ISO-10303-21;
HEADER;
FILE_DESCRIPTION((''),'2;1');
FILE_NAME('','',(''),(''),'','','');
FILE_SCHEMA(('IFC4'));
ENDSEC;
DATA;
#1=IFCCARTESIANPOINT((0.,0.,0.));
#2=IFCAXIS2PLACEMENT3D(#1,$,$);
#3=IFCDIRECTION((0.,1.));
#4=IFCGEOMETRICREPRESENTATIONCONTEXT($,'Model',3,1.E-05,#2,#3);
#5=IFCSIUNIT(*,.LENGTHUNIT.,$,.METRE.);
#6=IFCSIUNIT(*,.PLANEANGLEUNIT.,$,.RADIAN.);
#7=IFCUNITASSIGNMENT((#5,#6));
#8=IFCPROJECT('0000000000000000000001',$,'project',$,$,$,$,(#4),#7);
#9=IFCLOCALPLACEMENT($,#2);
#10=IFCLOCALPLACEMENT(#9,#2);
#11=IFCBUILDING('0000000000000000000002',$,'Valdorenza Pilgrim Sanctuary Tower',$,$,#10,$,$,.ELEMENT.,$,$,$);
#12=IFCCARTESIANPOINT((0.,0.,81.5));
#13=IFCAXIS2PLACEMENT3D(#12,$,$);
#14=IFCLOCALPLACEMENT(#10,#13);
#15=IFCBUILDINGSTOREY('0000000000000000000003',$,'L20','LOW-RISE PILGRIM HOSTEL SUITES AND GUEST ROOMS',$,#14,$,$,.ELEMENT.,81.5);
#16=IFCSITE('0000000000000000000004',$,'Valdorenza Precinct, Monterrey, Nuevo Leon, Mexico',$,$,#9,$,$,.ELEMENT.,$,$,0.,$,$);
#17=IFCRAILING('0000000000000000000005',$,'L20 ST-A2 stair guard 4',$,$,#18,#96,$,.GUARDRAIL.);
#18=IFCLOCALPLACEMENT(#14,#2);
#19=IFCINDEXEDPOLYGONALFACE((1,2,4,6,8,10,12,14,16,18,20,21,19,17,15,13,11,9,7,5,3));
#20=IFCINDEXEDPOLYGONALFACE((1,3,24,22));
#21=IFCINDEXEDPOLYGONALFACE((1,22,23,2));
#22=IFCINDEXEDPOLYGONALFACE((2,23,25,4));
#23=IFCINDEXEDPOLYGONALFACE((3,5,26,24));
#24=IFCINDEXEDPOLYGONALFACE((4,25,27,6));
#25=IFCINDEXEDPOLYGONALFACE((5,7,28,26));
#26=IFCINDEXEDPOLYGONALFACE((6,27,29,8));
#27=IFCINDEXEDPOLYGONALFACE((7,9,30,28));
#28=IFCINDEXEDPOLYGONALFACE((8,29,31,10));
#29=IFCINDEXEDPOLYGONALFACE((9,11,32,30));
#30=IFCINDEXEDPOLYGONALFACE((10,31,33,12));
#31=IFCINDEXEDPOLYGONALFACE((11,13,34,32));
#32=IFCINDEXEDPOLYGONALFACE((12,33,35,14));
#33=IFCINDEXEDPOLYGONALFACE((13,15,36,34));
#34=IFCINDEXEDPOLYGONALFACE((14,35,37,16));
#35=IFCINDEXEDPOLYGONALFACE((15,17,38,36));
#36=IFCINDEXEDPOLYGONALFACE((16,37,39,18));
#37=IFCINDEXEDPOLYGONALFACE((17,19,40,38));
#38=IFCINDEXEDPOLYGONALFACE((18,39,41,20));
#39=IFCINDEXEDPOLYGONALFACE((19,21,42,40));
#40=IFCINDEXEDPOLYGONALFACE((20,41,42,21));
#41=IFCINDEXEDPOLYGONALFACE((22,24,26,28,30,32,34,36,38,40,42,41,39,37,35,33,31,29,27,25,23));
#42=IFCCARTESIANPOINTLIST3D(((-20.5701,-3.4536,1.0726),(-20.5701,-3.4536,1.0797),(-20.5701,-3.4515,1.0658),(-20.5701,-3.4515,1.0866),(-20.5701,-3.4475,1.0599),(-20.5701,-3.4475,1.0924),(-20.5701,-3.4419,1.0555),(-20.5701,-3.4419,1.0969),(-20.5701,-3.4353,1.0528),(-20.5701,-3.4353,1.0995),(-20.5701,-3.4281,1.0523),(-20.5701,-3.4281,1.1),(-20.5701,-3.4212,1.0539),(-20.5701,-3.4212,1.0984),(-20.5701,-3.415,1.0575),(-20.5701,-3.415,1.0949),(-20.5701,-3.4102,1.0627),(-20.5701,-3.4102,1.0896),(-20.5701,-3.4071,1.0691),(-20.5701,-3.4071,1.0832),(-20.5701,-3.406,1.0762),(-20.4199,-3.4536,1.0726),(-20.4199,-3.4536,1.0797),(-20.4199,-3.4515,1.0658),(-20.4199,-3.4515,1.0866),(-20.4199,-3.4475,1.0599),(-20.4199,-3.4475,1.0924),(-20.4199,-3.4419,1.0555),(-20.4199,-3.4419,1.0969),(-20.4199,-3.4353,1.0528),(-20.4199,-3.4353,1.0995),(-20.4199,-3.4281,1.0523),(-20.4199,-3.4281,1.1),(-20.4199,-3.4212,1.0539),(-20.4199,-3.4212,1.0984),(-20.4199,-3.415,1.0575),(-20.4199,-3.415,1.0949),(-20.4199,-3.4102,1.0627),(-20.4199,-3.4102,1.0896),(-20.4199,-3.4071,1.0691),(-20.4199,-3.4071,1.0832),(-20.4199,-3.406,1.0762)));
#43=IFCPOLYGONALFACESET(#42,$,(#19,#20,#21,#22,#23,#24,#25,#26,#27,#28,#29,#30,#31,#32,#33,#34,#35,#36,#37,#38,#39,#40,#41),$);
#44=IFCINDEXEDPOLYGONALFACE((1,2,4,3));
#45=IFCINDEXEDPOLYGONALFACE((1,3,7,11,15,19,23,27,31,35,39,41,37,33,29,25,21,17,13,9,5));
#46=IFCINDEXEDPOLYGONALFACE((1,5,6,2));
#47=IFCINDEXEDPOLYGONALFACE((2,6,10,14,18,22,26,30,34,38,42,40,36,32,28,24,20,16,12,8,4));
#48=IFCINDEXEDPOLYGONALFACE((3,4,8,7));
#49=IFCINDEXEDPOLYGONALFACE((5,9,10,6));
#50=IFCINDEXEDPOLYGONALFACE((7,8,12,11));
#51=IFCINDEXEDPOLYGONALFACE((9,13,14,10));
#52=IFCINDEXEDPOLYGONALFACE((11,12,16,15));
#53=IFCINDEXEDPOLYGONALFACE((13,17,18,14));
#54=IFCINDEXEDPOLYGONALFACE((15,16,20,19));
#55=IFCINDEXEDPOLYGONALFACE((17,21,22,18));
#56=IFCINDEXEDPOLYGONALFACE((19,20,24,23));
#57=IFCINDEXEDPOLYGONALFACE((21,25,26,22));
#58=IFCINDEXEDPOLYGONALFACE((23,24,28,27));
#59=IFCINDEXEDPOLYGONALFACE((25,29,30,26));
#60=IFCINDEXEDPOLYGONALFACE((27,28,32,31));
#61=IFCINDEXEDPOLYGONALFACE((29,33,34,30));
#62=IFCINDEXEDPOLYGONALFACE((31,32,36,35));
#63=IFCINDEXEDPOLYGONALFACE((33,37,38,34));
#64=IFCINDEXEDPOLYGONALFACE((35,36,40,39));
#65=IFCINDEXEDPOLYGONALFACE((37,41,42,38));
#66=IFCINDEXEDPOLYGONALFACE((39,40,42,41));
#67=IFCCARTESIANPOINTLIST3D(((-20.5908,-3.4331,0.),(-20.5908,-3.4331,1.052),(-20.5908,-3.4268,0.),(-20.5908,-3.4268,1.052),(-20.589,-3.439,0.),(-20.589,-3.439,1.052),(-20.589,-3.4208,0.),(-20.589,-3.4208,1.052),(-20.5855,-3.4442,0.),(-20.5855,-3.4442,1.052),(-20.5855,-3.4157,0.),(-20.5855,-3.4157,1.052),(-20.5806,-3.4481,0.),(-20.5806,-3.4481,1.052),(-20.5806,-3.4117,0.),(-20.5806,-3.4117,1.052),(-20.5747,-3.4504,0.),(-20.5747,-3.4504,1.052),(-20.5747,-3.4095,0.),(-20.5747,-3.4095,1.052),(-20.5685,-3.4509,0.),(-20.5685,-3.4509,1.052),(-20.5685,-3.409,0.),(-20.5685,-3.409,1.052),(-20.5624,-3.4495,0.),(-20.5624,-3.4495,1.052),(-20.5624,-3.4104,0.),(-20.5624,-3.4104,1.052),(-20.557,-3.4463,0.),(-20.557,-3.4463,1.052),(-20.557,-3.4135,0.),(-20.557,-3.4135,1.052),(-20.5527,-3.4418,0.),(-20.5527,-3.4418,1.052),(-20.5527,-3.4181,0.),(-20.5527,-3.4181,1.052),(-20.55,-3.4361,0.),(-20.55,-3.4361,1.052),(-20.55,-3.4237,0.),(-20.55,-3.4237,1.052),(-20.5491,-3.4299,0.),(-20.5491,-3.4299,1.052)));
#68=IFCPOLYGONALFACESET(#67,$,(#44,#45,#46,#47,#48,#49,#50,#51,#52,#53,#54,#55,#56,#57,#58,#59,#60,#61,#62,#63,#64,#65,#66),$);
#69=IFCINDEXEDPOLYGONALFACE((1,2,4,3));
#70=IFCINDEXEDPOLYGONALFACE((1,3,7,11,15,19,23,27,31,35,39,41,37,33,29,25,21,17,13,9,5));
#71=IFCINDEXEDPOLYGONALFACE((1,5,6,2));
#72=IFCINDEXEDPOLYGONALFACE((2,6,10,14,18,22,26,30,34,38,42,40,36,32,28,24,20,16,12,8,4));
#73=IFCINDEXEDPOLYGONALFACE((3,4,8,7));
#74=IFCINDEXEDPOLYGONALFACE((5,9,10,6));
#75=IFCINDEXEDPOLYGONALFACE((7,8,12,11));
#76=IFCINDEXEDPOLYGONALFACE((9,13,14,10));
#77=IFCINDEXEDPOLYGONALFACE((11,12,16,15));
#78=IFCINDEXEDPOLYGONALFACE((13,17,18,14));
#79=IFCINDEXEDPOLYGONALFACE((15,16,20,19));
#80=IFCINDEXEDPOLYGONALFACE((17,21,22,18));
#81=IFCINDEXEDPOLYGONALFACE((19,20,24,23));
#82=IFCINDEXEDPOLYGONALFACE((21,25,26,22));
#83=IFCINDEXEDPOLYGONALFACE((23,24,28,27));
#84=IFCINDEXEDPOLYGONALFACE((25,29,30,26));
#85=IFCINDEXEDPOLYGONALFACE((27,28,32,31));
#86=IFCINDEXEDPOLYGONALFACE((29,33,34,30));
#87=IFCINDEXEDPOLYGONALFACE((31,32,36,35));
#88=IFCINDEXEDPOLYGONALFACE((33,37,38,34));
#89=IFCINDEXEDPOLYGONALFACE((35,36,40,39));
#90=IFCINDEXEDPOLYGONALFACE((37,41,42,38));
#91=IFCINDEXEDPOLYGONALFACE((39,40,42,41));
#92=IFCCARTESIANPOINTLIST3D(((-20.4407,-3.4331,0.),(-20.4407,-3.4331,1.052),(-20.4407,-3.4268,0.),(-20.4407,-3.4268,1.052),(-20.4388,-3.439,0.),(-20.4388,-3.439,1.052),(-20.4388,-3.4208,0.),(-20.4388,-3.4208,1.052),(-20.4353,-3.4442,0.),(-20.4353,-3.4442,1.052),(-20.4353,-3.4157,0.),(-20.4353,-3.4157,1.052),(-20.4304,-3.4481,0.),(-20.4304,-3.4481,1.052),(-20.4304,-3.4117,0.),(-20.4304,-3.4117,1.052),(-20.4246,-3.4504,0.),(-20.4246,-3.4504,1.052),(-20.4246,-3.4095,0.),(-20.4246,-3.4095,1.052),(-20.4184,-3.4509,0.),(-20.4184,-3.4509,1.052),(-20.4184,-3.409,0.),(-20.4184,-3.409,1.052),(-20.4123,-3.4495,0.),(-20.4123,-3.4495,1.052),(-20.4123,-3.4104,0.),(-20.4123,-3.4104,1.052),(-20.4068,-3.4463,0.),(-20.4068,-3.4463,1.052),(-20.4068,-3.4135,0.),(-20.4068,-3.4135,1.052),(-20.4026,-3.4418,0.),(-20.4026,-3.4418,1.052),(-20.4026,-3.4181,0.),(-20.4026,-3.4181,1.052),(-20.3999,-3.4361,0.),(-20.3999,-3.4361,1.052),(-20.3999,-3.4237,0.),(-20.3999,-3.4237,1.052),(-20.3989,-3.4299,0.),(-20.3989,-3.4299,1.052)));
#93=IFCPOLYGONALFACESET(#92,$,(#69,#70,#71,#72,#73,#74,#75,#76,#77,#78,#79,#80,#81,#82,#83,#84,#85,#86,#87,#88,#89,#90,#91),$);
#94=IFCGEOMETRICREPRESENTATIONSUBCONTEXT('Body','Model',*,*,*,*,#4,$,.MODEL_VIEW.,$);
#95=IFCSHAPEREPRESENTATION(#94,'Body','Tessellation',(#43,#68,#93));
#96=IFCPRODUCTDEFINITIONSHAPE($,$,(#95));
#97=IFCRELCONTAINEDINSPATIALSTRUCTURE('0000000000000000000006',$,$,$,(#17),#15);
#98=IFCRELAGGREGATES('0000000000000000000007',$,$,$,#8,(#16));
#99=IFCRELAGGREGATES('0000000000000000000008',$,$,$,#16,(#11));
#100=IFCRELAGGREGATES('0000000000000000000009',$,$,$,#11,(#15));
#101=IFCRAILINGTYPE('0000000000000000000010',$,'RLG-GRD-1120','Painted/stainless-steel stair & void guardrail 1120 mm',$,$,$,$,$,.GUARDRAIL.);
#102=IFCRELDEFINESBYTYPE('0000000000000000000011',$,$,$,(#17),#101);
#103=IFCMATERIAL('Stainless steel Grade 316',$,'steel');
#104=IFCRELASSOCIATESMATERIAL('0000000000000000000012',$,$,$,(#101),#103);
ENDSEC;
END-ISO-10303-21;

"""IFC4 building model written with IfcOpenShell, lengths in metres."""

from ifc_helpers import new_model, si_unit, direction, frame, origin, origin_2d, place, context, subcontext, project, spatial, circle, extrude, material, type_object, element, save


model = new_model("IFC4")

# Units and contexts
model_context = context("Model", 3, precision=1e-05, world=origin(), true_north=direction((0.0, 1.0)))
body_context = subcontext(model_context, "Body", "Model", "MODEL_VIEW")
ifc_project = project(units=[si_unit("LENGTHUNIT", "METRE"), si_unit("PLANEANGLEUNIT", "RADIAN")], contexts=[model_context])

# Site, building, storey
site_placement = place(None, origin())
site = spatial("IfcSite", under=ifc_project, at=site_placement, Name="Valdorenza Precinct, Monterrey, Nuevo Leon, Mexico", CompositionType="ELEMENT", RefElevation=0.0)
building_placement = place(site_placement, origin())
building = spatial("IfcBuilding", under=site, at=building_placement, Name="Valdorenza Pilgrim Sanctuary Tower", CompositionType="ELEMENT")
storey_placement = place(building_placement, frame((0.0, 0.0, 81.5)))
storey = spatial("IfcBuildingStorey", under=building, at=storey_placement, Name="L20", Description="LOW-RISE PILGRIM HOSTEL SUITES AND GUEST ROOMS", CompositionType="ELEMENT", Elevation=81.5)

# Railing
ifc_material_1 = material(Name="Stainless steel Grade 316", Category="steel")
railing_type_1 = type_object("IfcRailingType", Name="RLG-GRD-1120", Description="Painted/stainless-steel stair & void guardrail 1120 mm", PredefinedType="GUARDRAIL", material=ifc_material_1)
railing_1_placement = place(storey_placement, frame((-20.5701, -3.4299, 0.0)))
element("IfcRailing", 1, at=railing_1_placement, inside=storey, type_object=railing_type_1, Name="L20 ST-A2 stair guard 4", PredefinedType="GUARDRAIL", context=body_context, shape_type="SweptSolid", body=[
    extrude(circle(Radius=0.0239, at=origin_2d()), frame((0.0, 0.0, 1.0762), z_axis=(1.0, 0.0, 0.0), x_axis=(0.0, 1.0, 0.0)), (0.0, 0.0, 1.0), 0.1501),
    extrude(circle(Radius=0.021, at=origin_2d()), origin(), (0.0, 0.0, 1.0), 1.052),
    extrude(circle(Radius=0.021, at=origin_2d()), frame((0.1501, 0.0, 0.0)), (0.0, 0.0, 1.0), 1.052),
])

save(model, "model.ifc")
